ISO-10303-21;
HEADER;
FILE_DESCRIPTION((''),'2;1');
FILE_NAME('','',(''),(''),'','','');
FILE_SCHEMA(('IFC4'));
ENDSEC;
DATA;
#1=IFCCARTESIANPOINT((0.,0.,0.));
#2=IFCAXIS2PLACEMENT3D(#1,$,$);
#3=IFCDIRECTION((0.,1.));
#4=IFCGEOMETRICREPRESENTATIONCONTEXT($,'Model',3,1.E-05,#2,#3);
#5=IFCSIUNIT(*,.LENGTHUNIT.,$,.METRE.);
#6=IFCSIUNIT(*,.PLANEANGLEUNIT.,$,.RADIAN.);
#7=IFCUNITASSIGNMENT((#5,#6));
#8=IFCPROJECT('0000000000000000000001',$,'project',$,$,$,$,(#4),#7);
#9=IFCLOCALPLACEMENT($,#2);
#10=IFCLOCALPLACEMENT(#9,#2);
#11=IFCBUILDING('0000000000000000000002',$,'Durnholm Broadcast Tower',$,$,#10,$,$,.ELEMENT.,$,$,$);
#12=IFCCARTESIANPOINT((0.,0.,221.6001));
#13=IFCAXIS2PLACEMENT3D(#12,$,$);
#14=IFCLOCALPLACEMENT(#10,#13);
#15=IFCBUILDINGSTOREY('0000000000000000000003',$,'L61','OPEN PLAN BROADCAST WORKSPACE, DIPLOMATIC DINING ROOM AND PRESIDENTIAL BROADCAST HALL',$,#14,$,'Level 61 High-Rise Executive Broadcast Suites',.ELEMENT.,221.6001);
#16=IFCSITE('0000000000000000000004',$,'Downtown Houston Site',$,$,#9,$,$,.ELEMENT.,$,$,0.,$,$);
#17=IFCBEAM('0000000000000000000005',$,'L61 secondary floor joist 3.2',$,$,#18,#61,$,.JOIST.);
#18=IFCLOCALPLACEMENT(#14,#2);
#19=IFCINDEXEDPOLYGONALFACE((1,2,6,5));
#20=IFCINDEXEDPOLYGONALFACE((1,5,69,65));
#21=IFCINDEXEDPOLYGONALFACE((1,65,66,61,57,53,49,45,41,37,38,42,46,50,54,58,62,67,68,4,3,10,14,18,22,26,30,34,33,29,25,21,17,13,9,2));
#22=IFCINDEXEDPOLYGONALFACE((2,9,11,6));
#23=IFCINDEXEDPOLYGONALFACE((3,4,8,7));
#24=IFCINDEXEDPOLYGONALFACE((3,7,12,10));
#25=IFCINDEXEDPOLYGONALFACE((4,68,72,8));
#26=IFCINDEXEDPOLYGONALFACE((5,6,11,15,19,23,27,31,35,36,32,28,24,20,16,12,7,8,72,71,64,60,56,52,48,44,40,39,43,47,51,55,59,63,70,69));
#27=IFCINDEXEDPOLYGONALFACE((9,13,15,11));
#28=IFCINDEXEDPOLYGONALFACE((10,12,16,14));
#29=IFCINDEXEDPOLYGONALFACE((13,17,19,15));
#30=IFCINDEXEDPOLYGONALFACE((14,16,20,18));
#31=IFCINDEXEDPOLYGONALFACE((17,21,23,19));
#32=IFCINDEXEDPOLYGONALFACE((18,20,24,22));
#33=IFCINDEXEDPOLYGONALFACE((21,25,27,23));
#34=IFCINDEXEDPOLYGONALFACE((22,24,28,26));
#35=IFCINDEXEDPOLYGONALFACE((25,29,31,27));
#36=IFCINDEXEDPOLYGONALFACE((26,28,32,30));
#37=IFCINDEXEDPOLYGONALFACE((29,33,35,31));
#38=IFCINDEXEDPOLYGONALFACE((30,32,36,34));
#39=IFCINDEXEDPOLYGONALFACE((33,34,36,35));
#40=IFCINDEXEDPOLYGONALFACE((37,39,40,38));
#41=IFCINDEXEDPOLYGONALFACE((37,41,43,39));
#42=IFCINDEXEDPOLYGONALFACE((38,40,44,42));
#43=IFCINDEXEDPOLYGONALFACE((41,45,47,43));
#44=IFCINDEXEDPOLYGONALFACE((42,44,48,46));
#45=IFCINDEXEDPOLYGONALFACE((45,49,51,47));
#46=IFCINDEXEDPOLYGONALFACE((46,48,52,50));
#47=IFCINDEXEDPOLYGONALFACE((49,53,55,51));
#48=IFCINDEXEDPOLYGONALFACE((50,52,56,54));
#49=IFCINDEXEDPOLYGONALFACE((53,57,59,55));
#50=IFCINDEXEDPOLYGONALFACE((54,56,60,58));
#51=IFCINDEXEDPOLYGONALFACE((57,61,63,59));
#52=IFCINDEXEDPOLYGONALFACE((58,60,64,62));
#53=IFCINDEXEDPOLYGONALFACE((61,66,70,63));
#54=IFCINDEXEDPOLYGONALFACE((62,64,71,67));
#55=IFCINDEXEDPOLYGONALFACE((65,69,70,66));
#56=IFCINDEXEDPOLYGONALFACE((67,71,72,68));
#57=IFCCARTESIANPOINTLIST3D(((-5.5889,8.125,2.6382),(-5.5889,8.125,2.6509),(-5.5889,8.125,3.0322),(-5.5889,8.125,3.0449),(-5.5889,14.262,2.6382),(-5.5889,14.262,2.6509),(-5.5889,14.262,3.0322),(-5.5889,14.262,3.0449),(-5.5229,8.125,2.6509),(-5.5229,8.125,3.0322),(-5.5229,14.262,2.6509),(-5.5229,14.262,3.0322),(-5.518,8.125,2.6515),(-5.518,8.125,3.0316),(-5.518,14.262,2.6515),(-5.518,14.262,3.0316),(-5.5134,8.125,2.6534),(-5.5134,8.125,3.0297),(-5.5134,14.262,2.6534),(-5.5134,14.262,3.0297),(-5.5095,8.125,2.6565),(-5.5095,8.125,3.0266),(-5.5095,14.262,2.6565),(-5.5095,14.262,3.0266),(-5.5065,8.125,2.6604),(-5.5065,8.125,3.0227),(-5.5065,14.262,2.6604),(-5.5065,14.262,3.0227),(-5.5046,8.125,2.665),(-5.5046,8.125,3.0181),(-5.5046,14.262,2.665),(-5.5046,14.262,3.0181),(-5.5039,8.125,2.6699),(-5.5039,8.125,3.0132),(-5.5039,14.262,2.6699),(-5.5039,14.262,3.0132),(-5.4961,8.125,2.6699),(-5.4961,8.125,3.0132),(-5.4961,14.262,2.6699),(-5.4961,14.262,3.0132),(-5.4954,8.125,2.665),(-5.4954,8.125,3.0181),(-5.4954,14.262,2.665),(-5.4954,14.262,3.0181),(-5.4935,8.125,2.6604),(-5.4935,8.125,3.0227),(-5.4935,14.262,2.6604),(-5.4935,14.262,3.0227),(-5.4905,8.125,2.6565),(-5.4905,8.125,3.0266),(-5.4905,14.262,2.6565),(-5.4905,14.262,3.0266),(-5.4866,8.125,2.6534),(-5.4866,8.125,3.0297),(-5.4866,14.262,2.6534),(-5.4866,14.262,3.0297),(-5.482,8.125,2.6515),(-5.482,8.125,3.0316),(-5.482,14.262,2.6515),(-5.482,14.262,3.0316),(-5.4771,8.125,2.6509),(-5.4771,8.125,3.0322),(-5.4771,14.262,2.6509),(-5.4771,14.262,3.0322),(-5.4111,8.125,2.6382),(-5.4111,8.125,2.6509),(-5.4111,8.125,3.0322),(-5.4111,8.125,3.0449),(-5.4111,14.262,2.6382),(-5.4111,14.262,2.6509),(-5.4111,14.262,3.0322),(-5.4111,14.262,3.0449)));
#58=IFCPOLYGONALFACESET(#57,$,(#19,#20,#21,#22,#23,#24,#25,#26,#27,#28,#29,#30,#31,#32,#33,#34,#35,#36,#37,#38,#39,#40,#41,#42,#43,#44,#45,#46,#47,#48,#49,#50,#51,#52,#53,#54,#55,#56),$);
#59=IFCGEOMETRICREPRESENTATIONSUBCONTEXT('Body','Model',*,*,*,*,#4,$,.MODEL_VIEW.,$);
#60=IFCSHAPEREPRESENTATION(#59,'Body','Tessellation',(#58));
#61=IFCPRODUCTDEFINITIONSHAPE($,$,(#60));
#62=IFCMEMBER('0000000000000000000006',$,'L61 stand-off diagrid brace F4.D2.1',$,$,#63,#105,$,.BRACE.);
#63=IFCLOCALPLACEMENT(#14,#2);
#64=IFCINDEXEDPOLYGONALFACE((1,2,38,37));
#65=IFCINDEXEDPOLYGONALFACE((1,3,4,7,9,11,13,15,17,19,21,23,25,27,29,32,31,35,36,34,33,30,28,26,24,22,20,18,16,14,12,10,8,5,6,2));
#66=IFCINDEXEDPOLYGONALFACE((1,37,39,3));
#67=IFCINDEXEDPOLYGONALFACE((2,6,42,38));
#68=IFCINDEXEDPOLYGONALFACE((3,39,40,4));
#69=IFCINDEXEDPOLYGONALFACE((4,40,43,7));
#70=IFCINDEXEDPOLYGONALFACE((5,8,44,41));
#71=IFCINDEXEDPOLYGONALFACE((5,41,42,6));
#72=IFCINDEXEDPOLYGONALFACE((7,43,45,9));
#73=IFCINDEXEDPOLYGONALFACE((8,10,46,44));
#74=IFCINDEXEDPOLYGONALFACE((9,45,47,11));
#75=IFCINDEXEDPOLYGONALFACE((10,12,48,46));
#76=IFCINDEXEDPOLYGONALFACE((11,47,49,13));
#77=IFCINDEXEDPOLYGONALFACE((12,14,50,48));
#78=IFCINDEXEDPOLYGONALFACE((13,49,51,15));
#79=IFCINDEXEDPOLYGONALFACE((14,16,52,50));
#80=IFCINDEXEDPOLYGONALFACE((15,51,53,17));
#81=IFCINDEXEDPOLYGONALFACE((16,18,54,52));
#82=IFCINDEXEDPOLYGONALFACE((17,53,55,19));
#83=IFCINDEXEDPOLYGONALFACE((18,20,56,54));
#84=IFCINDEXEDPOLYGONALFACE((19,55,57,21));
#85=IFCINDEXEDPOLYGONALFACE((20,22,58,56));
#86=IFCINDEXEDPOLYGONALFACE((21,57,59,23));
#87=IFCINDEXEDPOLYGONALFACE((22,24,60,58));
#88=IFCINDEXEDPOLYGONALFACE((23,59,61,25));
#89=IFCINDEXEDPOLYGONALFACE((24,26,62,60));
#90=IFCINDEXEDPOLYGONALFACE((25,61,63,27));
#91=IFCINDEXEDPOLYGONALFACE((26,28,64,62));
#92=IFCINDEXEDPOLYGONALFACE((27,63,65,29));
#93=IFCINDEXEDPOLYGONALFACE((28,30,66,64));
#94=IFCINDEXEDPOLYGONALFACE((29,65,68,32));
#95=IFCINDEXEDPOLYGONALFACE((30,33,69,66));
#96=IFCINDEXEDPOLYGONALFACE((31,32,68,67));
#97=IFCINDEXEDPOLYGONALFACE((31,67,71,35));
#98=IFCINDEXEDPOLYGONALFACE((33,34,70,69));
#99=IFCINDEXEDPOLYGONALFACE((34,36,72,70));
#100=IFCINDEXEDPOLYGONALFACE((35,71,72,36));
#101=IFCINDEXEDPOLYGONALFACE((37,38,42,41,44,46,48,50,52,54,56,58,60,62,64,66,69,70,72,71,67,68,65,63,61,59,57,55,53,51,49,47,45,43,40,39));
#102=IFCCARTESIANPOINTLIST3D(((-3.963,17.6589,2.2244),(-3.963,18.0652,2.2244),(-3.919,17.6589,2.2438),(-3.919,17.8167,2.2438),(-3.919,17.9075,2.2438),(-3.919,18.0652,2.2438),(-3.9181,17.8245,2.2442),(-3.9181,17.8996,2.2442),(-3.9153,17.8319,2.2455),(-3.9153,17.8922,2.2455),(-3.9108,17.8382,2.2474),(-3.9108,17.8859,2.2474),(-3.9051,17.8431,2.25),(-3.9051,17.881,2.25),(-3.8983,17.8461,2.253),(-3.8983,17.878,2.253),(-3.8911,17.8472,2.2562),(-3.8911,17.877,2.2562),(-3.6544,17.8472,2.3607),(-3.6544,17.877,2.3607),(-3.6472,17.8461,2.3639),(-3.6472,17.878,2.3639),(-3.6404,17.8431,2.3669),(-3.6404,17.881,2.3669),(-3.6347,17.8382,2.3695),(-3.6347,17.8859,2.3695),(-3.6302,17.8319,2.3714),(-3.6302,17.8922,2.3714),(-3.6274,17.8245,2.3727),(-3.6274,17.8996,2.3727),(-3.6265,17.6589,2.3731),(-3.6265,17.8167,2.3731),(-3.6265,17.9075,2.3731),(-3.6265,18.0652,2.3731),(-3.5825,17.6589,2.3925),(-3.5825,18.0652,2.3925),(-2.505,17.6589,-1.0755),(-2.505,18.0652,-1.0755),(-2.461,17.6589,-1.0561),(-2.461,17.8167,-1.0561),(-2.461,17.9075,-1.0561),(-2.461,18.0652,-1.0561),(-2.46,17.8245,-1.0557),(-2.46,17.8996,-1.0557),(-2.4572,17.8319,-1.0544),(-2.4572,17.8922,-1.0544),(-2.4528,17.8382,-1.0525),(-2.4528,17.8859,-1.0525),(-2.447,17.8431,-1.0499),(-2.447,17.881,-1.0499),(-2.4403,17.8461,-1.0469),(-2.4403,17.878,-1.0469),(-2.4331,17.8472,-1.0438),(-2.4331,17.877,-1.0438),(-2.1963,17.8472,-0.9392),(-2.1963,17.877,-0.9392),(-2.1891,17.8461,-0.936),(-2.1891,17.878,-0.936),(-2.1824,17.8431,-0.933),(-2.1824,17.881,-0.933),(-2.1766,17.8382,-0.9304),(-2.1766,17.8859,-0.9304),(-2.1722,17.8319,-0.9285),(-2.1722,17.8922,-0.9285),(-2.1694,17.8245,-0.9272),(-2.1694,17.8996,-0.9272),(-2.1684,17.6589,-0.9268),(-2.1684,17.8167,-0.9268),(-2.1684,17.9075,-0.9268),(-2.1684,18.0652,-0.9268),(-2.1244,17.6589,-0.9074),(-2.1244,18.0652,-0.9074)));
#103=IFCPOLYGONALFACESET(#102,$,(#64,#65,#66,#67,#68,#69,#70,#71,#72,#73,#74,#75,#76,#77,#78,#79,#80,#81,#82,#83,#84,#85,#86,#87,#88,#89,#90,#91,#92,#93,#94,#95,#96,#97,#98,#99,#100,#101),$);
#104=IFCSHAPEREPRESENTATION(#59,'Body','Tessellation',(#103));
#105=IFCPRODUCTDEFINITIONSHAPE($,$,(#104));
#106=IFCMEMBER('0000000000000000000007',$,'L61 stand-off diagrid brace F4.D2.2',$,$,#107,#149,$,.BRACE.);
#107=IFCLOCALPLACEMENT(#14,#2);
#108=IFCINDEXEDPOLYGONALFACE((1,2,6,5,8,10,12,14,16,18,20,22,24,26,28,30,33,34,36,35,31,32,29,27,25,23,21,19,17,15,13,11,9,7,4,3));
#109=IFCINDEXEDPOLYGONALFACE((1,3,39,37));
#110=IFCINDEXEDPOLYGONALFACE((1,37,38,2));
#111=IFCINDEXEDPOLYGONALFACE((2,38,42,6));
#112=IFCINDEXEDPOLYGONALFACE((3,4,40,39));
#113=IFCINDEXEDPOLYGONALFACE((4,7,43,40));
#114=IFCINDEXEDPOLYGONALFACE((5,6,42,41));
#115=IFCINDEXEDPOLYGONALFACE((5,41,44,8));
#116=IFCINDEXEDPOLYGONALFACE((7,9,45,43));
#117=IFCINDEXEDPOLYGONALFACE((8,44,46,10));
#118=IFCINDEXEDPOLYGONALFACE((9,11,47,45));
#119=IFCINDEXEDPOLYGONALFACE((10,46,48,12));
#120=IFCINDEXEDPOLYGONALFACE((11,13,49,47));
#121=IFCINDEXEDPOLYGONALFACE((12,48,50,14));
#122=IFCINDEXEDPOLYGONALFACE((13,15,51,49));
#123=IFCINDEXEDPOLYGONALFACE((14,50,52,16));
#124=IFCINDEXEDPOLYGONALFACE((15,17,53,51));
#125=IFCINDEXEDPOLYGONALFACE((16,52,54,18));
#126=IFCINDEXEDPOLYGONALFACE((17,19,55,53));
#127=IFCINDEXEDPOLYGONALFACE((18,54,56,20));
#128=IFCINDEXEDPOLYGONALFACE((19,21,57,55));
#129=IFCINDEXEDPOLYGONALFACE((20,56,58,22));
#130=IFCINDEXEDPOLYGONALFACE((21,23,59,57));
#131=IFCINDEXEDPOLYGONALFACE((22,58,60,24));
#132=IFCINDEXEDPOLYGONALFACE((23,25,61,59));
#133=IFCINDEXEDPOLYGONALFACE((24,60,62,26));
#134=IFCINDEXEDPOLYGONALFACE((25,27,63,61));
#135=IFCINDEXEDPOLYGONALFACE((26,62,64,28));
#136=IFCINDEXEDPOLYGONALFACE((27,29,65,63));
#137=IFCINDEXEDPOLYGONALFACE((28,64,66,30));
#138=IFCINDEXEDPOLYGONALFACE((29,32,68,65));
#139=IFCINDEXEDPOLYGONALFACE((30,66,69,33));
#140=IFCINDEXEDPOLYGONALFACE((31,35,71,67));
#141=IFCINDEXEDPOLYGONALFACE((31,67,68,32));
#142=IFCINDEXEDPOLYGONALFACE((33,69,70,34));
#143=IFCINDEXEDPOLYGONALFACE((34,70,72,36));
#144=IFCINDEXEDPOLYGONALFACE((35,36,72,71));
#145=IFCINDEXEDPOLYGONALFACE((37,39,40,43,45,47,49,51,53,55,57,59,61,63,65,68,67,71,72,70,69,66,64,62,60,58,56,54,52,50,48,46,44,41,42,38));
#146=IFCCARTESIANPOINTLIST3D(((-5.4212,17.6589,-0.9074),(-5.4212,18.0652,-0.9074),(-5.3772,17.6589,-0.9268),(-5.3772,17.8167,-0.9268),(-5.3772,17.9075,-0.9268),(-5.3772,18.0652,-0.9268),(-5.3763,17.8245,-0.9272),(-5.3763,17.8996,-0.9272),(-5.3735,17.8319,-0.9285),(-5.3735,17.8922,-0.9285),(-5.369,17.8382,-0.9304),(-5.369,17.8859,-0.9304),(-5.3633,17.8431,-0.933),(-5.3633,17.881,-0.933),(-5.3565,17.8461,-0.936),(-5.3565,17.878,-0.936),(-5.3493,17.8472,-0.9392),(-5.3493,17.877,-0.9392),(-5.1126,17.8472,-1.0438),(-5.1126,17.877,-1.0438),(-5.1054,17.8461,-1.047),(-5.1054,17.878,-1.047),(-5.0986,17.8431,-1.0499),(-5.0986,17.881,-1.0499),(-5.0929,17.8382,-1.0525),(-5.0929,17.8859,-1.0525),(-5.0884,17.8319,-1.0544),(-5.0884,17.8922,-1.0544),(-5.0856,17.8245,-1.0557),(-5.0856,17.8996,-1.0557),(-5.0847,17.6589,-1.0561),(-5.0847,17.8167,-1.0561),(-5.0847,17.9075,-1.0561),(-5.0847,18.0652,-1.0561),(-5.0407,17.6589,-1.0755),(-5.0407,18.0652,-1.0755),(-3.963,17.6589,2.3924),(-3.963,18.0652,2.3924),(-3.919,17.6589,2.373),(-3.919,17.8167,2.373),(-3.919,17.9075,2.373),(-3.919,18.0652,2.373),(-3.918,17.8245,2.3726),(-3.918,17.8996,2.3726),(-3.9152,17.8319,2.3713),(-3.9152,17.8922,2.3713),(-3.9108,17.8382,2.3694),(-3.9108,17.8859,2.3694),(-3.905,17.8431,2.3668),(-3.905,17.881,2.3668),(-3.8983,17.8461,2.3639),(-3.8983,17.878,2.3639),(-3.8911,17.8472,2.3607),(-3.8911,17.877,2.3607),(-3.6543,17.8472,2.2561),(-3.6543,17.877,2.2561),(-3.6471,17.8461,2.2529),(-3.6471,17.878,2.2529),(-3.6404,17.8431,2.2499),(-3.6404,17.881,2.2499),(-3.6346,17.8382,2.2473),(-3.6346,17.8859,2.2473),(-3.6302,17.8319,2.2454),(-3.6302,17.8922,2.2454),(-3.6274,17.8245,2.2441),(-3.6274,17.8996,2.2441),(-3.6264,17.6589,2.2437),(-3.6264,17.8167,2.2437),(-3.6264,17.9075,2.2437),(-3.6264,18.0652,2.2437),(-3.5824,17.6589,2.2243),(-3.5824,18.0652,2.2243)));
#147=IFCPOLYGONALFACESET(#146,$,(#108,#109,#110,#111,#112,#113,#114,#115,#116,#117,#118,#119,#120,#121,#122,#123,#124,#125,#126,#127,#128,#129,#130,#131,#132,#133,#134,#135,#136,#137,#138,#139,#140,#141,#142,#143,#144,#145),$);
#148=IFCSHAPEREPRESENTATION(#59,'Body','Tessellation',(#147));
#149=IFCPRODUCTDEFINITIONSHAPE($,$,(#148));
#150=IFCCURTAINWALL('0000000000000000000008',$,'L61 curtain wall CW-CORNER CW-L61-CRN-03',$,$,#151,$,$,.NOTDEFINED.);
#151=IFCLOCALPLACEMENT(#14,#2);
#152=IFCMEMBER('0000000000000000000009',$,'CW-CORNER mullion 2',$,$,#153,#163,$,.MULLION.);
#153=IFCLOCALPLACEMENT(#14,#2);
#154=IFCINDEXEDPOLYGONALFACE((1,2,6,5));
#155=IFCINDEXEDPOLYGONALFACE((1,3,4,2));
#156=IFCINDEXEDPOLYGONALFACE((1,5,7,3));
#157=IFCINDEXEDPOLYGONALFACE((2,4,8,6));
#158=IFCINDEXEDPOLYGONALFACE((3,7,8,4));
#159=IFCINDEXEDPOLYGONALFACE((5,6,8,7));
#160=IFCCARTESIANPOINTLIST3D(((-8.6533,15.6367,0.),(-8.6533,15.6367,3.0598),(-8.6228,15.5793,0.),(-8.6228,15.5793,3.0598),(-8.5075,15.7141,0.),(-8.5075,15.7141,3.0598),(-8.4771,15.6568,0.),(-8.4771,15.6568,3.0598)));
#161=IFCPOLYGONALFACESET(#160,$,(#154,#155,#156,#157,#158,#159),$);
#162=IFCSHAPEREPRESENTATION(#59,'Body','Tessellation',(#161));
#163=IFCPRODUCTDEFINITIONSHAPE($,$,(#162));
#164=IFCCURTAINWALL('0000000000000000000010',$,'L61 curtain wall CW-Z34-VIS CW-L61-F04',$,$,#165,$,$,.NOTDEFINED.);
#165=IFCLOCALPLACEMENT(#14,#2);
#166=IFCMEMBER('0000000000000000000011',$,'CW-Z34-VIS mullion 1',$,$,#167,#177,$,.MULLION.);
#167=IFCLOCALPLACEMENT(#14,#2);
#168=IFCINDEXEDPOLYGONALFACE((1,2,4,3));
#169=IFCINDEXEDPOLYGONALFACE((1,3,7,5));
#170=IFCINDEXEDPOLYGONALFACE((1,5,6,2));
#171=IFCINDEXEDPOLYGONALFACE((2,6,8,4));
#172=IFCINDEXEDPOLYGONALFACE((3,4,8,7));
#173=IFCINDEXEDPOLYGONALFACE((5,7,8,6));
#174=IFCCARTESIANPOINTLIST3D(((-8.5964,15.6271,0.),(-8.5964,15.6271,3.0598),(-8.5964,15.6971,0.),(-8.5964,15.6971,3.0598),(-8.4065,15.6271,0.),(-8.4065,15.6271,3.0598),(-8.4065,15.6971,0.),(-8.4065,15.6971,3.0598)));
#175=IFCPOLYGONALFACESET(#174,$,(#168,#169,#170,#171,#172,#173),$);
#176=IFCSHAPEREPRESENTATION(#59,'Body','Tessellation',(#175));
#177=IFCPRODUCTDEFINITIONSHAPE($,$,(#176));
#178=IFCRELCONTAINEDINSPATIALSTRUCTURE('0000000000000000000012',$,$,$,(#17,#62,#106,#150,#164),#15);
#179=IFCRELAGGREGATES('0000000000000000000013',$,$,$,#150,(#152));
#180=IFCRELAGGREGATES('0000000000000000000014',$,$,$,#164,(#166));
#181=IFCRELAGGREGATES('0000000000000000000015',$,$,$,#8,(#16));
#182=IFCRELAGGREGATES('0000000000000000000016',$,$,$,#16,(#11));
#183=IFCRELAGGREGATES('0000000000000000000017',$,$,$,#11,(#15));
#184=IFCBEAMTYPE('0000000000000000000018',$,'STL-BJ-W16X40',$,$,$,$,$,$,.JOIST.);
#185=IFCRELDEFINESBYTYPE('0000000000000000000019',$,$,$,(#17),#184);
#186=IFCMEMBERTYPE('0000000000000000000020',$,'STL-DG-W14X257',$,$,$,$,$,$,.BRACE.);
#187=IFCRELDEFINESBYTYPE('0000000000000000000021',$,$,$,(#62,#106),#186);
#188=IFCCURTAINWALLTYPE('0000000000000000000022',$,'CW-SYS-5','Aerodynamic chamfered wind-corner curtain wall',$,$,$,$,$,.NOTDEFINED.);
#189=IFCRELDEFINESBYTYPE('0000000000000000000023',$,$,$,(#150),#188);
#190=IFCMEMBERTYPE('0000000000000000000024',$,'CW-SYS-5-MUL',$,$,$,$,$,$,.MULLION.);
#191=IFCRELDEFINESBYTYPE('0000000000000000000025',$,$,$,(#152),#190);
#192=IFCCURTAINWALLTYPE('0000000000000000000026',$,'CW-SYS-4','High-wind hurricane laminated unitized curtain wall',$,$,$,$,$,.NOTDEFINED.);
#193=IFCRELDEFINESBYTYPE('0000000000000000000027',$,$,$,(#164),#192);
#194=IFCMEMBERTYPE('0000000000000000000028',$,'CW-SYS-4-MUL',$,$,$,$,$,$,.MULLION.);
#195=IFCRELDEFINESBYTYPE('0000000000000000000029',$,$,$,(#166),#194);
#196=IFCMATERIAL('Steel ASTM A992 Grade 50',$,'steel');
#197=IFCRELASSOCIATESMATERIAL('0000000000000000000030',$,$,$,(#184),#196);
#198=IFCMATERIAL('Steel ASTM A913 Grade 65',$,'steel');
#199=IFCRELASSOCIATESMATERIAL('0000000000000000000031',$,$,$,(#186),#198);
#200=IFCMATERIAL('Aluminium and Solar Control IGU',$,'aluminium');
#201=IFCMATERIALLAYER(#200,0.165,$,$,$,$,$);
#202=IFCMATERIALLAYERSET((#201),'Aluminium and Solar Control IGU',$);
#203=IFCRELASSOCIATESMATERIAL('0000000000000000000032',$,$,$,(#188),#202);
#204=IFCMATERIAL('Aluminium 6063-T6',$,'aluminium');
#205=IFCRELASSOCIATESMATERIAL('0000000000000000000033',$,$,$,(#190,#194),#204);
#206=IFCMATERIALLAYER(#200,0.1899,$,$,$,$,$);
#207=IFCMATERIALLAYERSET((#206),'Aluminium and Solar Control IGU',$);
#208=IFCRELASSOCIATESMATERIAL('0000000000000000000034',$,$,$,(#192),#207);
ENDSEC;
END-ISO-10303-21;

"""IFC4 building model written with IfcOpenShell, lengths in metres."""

from ifc_helpers import new_model, si_unit, direction, frame, origin, origin_2d, place, context, subcontext, project, spatial, rectangle, i_section, extrude, source, transform, mapped, material, layer, layer_set, material_profile, profile_set, type_object, type_shapes, element, aggregate, save


model = new_model("IFC4")

# Units and contexts
model_context = context("Model", 3, precision=1e-05, world=origin(), true_north=direction((0.0, 1.0)))
body_context = subcontext(model_context, "Body", "Model", "MODEL_VIEW")
ifc_project = project(units=[si_unit("LENGTHUNIT", "METRE"), si_unit("PLANEANGLEUNIT", "RADIAN")], contexts=[model_context])

# Site, building, storey
site_placement = place(None, origin())
site = spatial("IfcSite", under=ifc_project, at=site_placement, Name="Downtown Houston Site", CompositionType="ELEMENT", RefElevation=0.0)
building_placement = place(site_placement, origin())
building = spatial("IfcBuilding", under=site, at=building_placement, Name="Durnholm Broadcast Tower", CompositionType="ELEMENT")
storey_placement = place(building_placement, frame((0.0, 0.0, 221.6001)))
storey = spatial("IfcBuildingStorey", under=building, at=storey_placement, Name="L61", Description="OPEN PLAN BROADCAST WORKSPACE, DIPLOMATIC DINING ROOM AND PRESIDENTIAL BROADCAST HALL", LongName="Level 61 High-Rise Executive Broadcast Suites", CompositionType="ELEMENT", Elevation=221.6001)

# Beam
ifc_material_1 = material(Name="Steel ASTM A992 Grade 50", Category="steel")
ifc_material_profile_1 = material_profile(ifc_material_1, i_section(OverallWidth=0.1777, OverallDepth=0.4067, WebThickness=0.0078, FlangeThickness=0.0127, FilletRadius=0.019, at=origin_2d()), Name="W16X40")
ifc_profile_set_1 = profile_set([ifc_material_profile_1], Name="Steel ASTM A992 Grade 50")
beam_type_1 = type_object("IfcBeamType", Name="STL-BJ-W16X40", PredefinedType="JOIST", material=ifc_profile_set_1)
shared_shape_1 = source(origin(), body_context, "Body", "SweptSolid", [
    extrude(i_section(OverallWidth=0.1777, OverallDepth=0.4067, WebThickness=0.0078, FlangeThickness=0.0127, FilletRadius=0.019, at=origin_2d()), origin(), (0.0, 0.0, 1.0), 6.137),
])
type_shapes(beam_type_1, [shared_shape_1])
beam_1_placement = place(storey_placement, frame((-5.5, 8.125, 2.8416), z_axis=(0.0, 1.0, 0.0), x_axis=(-1.0, 0.0, 0.0)))
element("IfcBeam", 1, at=beam_1_placement, inside=storey, type_object=beam_type_1, Name="L61 secondary floor joist 3.2", PredefinedType="JOIST", context=body_context, shape_type="MappedRepresentation", body=[
    mapped(shared_shape_1, transform((0.0, 0.0, 0.0), x_axis=(1.0, 0.0, 0.0), y_axis=(0.0, 1.0, 0.0), z_axis=(0.0, 0.0, 1.0), scale=1.0)),
])

# Members
ifc_material_2 = material(Name="Steel ASTM A913 Grade 65", Category="steel")
ifc_material_profile_2 = material_profile(ifc_material_2, i_section(OverallWidth=0.4062, OverallDepth=0.416, WebThickness=0.0298, FlangeThickness=0.0481, FilletRadius=0.0305, at=origin_2d()), Name="W14X257")
ifc_profile_set_2 = profile_set([ifc_material_profile_2], Name="Steel ASTM A913 Grade 65")
member_type_1 = type_object("IfcMemberType", Name="STL-DG-W14X257", PredefinedType="BRACE", material=ifc_profile_set_2)
shared_shape_2 = source(origin(), body_context, "Body", "SweptSolid", [
    extrude(i_section(OverallWidth=0.4062, OverallDepth=0.416, WebThickness=0.0298, FlangeThickness=0.0481, FilletRadius=0.0305, at=origin_2d()), origin(), (0.0, 0.0, 1.0), 3.6077),
])
type_shapes(member_type_1, [shared_shape_2])
for number, where, z_axis, x_axis, name in (
    (2, (-2.3147, 17.8621, -0.9915), (-0.404153, 0.0, 0.914691), (0.0, -1.0, 0.0), "L61 stand-off diagrid brace F4.D2.1"),
    (3, (-5.231, 17.8621, -0.9915), (0.40421, 0.0, 0.914666), (0.0, 1.0, 0.0), "L61 stand-off diagrid brace F4.D2.2"),
):
    element("IfcMember", number, at=place(storey_placement, frame(where, z_axis=z_axis, x_axis=x_axis)), inside=storey, type_object=member_type_1, Name=name, PredefinedType="BRACE", context=body_context, shape_type="MappedRepresentation", body=[
        mapped(shared_shape_2, transform((0.0, 0.0, 0.0), x_axis=(1.0, 0.0, 0.0), y_axis=(0.0, 1.0, 0.0), z_axis=(0.0, 0.0, 1.0), scale=1.0)),
    ])

# Curtain wall, member
ifc_material_3 = material(Name="Aluminium and Solar Control IGU", Category="aluminium")
ifc_layer_1 = layer(ifc_material_3, 0.165)
ifc_layer_set_1 = layer_set([ifc_layer_1], Name="Aluminium and Solar Control IGU")
curtain_wall_type_1 = type_object("IfcCurtainWallType", Name="CW-SYS-5", Description="Aerodynamic chamfered wind-corner curtain wall", PredefinedType="NOTDEFINED", material=ifc_layer_set_1)
curtain_wall_1_placement = place(storey_placement, origin())
curtain_wall_1 = element("IfcCurtainWall", 4, at=curtain_wall_1_placement, inside=storey, type_object=curtain_wall_type_1, Name="L61 curtain wall CW-CORNER CW-L61-CRN-03", PredefinedType="NOTDEFINED")
ifc_material_4 = material(Name="Aluminium 6063-T6", Category="aluminium")
ifc_material_profile_3 = material_profile(ifc_material_4, rectangle(XDim=0.0649, YDim=0.165, at=origin_2d()), Name="CWM65X165")
ifc_profile_set_3 = profile_set([ifc_material_profile_3], Name="Aluminium 6063-T6")
member_type_2 = type_object("IfcMemberType", Name="CW-SYS-5-MUL", PredefinedType="MULLION", material=ifc_profile_set_3)
shared_shape_3 = source(origin(), body_context, "Body", "SweptSolid", [
    extrude(rectangle(XDim=0.0649, YDim=0.165, at=origin_2d()), origin(), (0.0, 0.0, 1.0), 3.0598),
])
type_shapes(member_type_2, [shared_shape_3])
member_1_placement = place(storey_placement, frame((-8.5652, 15.6467, 0.0), z_axis=(0.0, 0.0, 1.0), x_axis=(-0.469007, 0.883195, 0.0)))
member_1 = element("IfcMember", 5, at=member_1_placement, type_object=member_type_2, Name="CW-CORNER mullion 2", PredefinedType="MULLION", context=body_context, shape_type="MappedRepresentation", body=[
    mapped(shared_shape_3, transform((0.0, 0.0, 0.0), x_axis=(1.0, 0.0, 0.0), y_axis=(0.0, 1.0, 0.0), z_axis=(0.0, 0.0, 1.0), scale=1.0)),
])

# Curtain wall, member
ifc_layer_2 = layer(ifc_material_3, 0.1899)
ifc_layer_set_2 = layer_set([ifc_layer_2], Name="Aluminium and Solar Control IGU")
curtain_wall_type_2 = type_object("IfcCurtainWallType", Name="CW-SYS-4", Description="High-wind hurricane laminated unitized curtain wall", PredefinedType="NOTDEFINED", material=ifc_layer_set_2)
curtain_wall_2_placement = place(storey_placement, origin())
curtain_wall_2 = element("IfcCurtainWall", 6, at=curtain_wall_2_placement, inside=storey, type_object=curtain_wall_type_2, Name="L61 curtain wall CW-Z34-VIS CW-L61-F04", PredefinedType="NOTDEFINED")
ifc_material_profile_4 = material_profile(ifc_material_4, rectangle(XDim=0.0701, YDim=0.1899, at=origin_2d()), Name="CWM70X190")
ifc_profile_set_4 = profile_set([ifc_material_profile_4], Name="Aluminium 6063-T6")
member_type_3 = type_object("IfcMemberType", Name="CW-SYS-4-MUL", PredefinedType="MULLION", material=ifc_profile_set_4)
shared_shape_4 = source(origin(), body_context, "Body", "SweptSolid", [
    extrude(rectangle(XDim=0.0701, YDim=0.1899, at=origin_2d()), origin(), (0.0, 0.0, 1.0), 3.0598),
])
type_shapes(member_type_3, [shared_shape_4])
member_2_placement = place(storey_placement, frame((-8.5015, 15.6621, 0.0), z_axis=(0.0, 0.0, 1.0), x_axis=(0.0, 1.0, 0.0)))
member_2 = element("IfcMember", 7, at=member_2_placement, type_object=member_type_3, Name="CW-Z34-VIS mullion 1", PredefinedType="MULLION", context=body_context, shape_type="MappedRepresentation", body=[
    mapped(shared_shape_4, transform((0.0, 0.0, 0.0), x_axis=(1.0, 0.0, 0.0), y_axis=(0.0, 1.0, 0.0), z_axis=(0.0, 0.0, 1.0), scale=1.0)),
])

aggregate(curtain_wall_1, [member_1])
aggregate(curtain_wall_2, [member_2])

save(model, "model.ifc")
